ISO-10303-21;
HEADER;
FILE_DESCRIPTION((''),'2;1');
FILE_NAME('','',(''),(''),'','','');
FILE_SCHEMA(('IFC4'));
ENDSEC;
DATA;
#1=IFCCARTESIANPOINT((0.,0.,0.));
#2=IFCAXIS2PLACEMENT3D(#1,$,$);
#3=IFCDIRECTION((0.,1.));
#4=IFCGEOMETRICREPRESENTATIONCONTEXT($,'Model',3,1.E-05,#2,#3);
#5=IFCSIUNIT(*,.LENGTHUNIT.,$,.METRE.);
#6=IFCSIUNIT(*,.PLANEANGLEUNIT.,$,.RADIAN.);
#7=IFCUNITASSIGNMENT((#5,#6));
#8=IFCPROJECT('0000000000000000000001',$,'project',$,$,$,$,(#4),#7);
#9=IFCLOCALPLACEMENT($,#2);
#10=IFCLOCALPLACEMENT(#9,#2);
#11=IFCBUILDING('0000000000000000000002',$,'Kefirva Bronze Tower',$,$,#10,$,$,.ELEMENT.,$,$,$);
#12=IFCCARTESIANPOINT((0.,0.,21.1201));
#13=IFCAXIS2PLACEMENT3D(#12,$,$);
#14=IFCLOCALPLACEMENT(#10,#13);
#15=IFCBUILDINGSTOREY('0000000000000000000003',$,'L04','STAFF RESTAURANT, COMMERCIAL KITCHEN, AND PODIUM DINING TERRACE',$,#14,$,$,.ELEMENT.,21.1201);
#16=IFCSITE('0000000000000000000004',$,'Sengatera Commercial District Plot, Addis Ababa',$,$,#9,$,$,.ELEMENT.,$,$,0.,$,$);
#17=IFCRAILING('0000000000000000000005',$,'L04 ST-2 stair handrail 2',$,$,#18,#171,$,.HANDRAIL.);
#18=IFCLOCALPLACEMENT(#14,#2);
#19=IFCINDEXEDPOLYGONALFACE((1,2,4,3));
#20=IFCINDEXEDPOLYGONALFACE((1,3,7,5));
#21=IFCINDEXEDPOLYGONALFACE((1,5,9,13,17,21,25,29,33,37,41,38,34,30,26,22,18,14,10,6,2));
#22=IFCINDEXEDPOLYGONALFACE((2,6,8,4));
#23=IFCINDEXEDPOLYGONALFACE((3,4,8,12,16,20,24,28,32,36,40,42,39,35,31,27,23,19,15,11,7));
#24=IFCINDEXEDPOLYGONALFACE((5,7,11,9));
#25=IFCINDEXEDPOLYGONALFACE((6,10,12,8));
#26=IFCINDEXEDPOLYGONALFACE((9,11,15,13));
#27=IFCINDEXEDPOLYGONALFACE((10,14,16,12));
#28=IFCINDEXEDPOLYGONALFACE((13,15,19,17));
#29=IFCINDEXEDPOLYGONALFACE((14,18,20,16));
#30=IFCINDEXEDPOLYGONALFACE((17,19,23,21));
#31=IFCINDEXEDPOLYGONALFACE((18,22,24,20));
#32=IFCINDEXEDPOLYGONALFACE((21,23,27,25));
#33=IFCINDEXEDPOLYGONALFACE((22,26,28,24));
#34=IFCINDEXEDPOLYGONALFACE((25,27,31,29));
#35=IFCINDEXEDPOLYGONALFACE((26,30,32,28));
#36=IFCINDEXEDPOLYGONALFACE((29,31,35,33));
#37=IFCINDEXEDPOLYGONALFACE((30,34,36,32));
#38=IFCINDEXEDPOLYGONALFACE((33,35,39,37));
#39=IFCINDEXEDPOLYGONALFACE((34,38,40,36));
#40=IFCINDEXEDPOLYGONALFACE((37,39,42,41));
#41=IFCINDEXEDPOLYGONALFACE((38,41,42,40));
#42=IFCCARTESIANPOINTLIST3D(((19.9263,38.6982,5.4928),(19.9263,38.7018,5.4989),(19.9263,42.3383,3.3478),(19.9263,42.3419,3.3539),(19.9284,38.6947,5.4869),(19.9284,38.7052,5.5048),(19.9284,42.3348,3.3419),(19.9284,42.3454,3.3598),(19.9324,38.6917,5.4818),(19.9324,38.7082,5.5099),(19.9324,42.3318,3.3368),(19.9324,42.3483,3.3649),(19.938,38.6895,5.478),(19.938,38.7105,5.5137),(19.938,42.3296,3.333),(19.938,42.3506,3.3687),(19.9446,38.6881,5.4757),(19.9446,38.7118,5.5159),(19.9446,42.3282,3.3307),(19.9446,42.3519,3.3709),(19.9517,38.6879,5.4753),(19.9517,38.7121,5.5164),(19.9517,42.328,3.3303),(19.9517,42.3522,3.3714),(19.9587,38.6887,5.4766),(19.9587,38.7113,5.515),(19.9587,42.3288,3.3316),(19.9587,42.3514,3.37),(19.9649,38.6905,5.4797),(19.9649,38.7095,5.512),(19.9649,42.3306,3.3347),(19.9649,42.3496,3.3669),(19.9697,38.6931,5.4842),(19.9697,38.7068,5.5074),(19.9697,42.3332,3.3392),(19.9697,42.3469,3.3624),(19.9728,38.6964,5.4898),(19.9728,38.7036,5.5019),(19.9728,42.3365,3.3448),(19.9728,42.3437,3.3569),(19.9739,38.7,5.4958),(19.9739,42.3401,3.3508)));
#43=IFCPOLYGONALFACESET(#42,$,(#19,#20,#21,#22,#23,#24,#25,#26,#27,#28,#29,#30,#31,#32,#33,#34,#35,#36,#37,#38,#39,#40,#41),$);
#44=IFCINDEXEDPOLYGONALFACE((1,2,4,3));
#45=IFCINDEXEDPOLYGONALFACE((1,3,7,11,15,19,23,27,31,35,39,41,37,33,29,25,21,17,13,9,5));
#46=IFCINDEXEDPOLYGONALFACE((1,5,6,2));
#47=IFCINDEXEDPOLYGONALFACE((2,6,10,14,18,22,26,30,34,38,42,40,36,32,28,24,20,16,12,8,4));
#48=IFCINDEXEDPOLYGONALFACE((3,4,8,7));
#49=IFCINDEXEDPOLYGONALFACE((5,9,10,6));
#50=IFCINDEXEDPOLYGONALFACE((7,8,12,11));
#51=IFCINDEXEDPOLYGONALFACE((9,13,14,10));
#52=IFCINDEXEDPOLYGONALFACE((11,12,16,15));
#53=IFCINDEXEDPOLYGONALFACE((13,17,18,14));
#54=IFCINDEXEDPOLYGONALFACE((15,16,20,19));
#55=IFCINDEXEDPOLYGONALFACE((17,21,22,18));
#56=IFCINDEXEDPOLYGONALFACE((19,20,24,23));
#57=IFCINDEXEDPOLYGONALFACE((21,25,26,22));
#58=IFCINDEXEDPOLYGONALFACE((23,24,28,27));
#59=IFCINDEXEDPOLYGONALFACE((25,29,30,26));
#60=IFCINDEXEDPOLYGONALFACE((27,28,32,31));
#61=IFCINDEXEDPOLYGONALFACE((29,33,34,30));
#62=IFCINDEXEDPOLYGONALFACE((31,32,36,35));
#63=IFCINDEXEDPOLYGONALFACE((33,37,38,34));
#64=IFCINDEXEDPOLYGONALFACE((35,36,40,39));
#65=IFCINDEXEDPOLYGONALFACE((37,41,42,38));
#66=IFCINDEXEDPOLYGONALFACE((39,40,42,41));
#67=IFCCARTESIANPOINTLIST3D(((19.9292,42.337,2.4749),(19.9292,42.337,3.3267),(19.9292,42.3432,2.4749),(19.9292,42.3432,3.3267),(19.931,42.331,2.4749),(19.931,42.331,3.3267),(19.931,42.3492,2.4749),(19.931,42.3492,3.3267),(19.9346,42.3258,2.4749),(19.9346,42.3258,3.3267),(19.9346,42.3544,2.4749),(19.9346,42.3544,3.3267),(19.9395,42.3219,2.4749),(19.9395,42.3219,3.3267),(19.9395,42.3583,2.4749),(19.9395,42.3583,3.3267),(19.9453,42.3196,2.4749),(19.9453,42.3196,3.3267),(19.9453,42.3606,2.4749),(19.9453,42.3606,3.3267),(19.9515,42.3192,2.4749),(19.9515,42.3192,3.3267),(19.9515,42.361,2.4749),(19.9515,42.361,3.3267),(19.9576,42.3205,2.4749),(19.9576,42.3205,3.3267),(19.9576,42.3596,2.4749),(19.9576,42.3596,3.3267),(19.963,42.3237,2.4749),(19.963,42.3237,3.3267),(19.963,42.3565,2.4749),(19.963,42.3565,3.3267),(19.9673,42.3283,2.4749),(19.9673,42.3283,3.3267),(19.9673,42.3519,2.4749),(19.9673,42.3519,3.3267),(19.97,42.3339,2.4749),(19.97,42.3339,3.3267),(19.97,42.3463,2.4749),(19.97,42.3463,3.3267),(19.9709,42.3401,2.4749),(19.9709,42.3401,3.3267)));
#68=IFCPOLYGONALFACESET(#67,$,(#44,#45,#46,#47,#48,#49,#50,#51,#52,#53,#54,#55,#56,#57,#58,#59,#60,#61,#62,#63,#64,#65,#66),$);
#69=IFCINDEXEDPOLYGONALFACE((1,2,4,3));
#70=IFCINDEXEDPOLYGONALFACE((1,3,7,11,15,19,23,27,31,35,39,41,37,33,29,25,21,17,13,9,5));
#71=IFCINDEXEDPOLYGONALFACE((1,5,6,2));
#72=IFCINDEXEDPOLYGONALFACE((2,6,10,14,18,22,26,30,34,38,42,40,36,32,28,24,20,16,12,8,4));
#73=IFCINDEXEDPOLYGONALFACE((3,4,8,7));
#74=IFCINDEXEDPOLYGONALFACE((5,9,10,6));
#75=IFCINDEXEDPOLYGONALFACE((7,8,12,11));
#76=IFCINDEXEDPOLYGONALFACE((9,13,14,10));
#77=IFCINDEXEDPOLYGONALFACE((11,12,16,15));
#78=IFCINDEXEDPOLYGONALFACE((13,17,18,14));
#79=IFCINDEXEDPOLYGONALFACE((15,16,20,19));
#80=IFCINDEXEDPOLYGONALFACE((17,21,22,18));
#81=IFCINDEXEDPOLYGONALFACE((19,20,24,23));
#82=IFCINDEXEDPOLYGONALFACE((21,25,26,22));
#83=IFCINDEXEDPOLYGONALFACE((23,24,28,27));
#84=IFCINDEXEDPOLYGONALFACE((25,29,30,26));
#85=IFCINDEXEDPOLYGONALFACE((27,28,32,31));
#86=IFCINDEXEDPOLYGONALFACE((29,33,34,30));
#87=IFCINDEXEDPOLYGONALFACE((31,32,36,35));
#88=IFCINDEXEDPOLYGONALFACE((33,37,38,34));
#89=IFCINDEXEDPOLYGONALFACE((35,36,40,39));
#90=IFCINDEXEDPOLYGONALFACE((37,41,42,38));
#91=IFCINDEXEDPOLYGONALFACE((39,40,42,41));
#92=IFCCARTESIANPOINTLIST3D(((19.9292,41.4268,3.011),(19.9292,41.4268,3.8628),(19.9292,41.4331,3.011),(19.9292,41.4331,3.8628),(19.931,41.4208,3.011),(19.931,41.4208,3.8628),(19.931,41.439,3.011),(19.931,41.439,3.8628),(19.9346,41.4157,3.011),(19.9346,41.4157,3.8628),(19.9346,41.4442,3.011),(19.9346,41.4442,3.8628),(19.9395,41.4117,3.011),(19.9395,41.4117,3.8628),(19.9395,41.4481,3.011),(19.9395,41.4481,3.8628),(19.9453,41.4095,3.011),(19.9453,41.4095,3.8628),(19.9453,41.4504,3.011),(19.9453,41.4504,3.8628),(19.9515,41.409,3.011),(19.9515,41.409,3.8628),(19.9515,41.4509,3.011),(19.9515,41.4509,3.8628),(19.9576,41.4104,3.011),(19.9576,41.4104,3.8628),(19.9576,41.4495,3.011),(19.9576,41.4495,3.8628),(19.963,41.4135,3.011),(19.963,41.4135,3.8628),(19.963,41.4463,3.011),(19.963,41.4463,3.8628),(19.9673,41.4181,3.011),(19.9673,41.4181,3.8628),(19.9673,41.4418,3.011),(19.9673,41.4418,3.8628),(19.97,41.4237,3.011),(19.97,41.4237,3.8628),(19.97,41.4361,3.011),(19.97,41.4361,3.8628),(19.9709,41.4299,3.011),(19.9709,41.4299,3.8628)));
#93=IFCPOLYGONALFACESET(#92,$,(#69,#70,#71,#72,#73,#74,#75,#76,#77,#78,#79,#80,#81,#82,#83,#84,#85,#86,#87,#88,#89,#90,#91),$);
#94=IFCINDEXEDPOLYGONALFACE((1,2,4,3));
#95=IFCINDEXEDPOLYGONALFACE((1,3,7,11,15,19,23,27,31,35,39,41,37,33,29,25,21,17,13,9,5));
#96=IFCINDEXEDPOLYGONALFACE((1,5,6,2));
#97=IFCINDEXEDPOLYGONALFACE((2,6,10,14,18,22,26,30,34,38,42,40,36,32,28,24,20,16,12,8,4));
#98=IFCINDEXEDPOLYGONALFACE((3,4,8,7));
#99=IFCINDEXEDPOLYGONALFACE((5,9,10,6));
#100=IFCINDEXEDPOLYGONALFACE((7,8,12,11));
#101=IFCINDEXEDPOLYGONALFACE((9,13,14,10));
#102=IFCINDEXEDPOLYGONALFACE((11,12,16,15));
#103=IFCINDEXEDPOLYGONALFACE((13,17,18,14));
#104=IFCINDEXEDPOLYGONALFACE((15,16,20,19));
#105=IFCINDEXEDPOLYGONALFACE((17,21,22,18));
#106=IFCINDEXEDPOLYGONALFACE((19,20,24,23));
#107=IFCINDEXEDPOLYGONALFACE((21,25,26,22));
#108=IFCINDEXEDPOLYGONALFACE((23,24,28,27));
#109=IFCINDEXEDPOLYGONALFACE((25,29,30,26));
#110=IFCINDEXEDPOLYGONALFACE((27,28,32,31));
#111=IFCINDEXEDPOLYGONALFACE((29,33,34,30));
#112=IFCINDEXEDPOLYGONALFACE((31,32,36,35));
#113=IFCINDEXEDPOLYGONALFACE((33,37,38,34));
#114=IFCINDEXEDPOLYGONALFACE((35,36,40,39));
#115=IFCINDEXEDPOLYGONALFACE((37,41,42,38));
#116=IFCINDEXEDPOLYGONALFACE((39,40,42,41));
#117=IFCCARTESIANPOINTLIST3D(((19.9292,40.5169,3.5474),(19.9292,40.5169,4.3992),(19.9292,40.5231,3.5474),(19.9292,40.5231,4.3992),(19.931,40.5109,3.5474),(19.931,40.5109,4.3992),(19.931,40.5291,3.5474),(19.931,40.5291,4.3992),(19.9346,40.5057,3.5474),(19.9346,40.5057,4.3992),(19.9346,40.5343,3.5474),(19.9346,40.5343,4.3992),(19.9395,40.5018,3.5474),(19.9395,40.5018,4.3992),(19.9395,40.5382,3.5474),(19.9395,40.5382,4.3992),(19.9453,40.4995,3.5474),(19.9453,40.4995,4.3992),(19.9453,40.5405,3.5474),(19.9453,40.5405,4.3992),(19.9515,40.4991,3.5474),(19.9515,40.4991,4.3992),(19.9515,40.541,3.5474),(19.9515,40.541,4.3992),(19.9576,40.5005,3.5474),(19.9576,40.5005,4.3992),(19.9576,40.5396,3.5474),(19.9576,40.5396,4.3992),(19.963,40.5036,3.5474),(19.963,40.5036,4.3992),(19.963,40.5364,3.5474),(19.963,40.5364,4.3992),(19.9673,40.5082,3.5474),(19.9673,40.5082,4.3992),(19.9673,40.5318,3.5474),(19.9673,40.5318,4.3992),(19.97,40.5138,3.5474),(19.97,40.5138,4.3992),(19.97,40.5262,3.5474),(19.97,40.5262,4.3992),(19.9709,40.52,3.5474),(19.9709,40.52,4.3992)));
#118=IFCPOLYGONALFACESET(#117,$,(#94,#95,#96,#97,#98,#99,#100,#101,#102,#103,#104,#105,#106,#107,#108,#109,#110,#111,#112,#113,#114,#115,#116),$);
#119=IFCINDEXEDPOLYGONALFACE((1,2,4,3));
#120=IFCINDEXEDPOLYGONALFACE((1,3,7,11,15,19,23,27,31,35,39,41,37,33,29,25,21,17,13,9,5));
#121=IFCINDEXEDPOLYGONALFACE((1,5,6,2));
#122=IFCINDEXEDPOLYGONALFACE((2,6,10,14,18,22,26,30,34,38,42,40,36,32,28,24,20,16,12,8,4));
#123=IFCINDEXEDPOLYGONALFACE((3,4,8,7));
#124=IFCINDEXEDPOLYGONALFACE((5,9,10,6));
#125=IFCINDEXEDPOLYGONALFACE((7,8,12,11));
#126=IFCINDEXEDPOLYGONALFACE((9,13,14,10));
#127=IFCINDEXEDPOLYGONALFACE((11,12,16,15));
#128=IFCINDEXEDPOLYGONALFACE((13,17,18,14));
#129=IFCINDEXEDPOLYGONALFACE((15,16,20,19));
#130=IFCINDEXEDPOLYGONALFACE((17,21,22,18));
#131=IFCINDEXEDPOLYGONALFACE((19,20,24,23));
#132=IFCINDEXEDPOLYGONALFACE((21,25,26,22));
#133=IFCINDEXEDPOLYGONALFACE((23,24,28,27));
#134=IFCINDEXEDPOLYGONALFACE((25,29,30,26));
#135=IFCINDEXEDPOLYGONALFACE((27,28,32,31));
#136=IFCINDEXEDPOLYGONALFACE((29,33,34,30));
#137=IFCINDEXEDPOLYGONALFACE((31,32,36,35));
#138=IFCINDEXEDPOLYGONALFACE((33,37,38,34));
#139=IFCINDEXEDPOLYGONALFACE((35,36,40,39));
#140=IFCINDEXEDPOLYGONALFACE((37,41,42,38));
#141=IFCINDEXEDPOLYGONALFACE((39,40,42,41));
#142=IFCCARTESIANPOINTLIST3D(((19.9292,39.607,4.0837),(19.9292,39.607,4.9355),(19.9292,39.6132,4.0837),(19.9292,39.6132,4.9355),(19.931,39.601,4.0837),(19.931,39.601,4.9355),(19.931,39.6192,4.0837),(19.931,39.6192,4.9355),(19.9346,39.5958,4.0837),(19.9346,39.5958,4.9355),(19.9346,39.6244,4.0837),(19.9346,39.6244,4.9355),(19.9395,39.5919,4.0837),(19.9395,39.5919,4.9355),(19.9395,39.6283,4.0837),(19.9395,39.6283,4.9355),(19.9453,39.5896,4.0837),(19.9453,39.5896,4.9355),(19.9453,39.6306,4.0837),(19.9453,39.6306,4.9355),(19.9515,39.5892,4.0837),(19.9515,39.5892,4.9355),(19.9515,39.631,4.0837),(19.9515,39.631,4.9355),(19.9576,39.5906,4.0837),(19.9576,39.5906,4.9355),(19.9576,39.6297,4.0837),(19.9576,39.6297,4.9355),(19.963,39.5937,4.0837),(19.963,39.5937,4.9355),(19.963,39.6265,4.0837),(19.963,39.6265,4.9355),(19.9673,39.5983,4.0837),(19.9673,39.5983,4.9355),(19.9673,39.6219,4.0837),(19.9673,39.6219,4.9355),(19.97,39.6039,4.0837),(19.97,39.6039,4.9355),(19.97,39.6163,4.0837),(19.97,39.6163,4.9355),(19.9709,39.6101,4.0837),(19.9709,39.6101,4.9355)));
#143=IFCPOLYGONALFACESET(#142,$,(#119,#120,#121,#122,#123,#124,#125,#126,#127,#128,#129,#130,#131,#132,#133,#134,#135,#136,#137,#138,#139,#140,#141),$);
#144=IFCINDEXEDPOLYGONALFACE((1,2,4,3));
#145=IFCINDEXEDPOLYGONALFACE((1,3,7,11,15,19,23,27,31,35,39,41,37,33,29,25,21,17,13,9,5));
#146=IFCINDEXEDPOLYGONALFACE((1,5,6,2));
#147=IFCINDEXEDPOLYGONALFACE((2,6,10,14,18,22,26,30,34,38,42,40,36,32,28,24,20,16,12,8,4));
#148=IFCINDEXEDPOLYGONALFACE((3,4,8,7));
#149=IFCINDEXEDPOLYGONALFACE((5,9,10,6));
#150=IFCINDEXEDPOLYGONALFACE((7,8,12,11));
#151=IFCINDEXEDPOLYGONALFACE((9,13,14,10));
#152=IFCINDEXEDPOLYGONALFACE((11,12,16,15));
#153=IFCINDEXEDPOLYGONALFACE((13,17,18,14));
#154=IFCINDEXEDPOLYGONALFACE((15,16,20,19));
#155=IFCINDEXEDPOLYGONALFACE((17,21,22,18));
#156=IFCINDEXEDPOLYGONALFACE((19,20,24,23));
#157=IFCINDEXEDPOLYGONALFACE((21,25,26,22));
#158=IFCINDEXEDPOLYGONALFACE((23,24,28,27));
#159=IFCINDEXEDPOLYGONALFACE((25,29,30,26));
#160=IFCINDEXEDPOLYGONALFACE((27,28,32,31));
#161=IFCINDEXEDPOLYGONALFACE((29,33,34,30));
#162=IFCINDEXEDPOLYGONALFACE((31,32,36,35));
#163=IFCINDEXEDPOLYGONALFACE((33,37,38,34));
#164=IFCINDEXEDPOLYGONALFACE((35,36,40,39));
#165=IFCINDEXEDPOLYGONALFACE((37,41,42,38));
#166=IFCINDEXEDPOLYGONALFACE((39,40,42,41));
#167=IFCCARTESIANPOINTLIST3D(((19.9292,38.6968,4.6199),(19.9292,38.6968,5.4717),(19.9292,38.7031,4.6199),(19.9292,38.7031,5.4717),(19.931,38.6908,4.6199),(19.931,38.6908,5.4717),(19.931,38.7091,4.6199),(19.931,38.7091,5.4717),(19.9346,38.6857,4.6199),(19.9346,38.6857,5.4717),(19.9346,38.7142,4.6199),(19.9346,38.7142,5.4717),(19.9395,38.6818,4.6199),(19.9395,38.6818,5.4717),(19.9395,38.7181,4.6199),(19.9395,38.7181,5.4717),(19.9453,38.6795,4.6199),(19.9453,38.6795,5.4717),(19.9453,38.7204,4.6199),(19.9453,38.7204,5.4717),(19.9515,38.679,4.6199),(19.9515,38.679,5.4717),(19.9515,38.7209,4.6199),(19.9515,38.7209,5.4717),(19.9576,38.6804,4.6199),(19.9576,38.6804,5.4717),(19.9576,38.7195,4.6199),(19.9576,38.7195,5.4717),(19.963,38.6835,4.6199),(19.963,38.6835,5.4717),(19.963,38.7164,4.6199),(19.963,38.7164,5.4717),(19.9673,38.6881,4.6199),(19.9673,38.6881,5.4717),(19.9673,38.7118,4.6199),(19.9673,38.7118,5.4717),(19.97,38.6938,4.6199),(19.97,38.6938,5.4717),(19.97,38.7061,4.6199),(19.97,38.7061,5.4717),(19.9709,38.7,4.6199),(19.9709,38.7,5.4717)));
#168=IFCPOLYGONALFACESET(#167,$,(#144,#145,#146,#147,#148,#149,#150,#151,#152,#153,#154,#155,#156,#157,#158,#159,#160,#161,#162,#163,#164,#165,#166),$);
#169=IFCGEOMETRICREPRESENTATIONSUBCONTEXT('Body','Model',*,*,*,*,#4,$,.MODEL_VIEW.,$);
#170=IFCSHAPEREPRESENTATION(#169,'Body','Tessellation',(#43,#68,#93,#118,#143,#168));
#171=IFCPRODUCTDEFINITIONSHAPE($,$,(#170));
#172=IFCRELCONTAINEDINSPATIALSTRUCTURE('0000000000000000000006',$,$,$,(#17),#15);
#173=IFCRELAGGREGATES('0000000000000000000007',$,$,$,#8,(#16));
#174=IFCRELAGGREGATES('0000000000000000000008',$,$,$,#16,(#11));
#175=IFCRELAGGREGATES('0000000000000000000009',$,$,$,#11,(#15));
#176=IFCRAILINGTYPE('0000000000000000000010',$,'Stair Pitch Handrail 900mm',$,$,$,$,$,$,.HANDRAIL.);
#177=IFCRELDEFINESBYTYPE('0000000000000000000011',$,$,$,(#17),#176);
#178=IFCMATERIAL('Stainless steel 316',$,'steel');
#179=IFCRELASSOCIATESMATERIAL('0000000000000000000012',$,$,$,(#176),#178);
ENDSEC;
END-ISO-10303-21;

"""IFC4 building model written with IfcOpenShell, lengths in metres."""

from ifc_helpers import new_model, si_unit, direction, frame, origin, origin_2d, place, context, subcontext, project, spatial, circle, extrude, material, type_object, element, save


model = new_model("IFC4")

# Units and contexts
model_context = context("Model", 3, precision=1e-05, world=origin(), true_north=direction((0.0, 1.0)))
body_context = subcontext(model_context, "Body", "Model", "MODEL_VIEW")
ifc_project = project(units=[si_unit("LENGTHUNIT", "METRE"), si_unit("PLANEANGLEUNIT", "RADIAN")], contexts=[model_context])

# Site, building, storey
site_placement = place(None, origin())
site = spatial("IfcSite", under=ifc_project, at=site_placement, Name="Sengatera Commercial District Plot, Addis Ababa", CompositionType="ELEMENT", RefElevation=0.0)
building_placement = place(site_placement, origin())
building = spatial("IfcBuilding", under=site, at=building_placement, Name="Kefirva Bronze Tower", CompositionType="ELEMENT")
storey_placement = place(building_placement, frame((0.0, 0.0, 21.1201)))
storey = spatial("IfcBuildingStorey", under=building, at=storey_placement, Name="L04", Description="STAFF RESTAURANT, COMMERCIAL KITCHEN, AND PODIUM DINING TERRACE", CompositionType="ELEMENT", Elevation=21.1201)

# Railing
ifc_material_1 = material(Name="Stainless steel 316", Category="steel")
railing_type_1 = type_object("IfcRailingType", Name="Stair Pitch Handrail 900mm", PredefinedType="HANDRAIL", material=ifc_material_1)
railing_1_placement = place(storey_placement, frame((19.95, 42.3401, 2.4749)))
element("IfcRailing", 1, at=railing_1_placement, inside=storey, type_object=railing_type_1, Name="L04 ST-2 stair handrail 2", PredefinedType="HANDRAIL", context=body_context, shape_type="SweptSolid", body=[
    extrude(circle(Radius=0.0239, at=origin_2d()), frame((0.0, 0.0, 0.876), z_axis=(0.0, -0.861545, 0.507682), x_axis=(1.0, 0.0, 0.0)), (0.0, 0.0, 1.0), 4.2251),
    extrude(circle(Radius=0.021, at=origin_2d()), origin(), (0.0, 0.0, 1.0), 0.8518),
    extrude(circle(Radius=0.021, at=origin_2d()), frame((0.0, -0.9102, 0.5361)), (0.0, 0.0, 1.0), 0.8518),
    extrude(circle(Radius=0.021, at=origin_2d()), frame((0.0, -1.8201, 1.0725)), (0.0, 0.0, 1.0), 0.8518),
    extrude(circle(Radius=0.021, at=origin_2d()), frame((0.0, -2.73, 1.6089)), (0.0, 0.0, 1.0), 0.8518),
    extrude(circle(Radius=0.021, at=origin_2d()), frame((0.0, -3.6401, 2.145)), (0.0, 0.0, 1.0), 0.8518),
])

save(model, "model.ifc")
